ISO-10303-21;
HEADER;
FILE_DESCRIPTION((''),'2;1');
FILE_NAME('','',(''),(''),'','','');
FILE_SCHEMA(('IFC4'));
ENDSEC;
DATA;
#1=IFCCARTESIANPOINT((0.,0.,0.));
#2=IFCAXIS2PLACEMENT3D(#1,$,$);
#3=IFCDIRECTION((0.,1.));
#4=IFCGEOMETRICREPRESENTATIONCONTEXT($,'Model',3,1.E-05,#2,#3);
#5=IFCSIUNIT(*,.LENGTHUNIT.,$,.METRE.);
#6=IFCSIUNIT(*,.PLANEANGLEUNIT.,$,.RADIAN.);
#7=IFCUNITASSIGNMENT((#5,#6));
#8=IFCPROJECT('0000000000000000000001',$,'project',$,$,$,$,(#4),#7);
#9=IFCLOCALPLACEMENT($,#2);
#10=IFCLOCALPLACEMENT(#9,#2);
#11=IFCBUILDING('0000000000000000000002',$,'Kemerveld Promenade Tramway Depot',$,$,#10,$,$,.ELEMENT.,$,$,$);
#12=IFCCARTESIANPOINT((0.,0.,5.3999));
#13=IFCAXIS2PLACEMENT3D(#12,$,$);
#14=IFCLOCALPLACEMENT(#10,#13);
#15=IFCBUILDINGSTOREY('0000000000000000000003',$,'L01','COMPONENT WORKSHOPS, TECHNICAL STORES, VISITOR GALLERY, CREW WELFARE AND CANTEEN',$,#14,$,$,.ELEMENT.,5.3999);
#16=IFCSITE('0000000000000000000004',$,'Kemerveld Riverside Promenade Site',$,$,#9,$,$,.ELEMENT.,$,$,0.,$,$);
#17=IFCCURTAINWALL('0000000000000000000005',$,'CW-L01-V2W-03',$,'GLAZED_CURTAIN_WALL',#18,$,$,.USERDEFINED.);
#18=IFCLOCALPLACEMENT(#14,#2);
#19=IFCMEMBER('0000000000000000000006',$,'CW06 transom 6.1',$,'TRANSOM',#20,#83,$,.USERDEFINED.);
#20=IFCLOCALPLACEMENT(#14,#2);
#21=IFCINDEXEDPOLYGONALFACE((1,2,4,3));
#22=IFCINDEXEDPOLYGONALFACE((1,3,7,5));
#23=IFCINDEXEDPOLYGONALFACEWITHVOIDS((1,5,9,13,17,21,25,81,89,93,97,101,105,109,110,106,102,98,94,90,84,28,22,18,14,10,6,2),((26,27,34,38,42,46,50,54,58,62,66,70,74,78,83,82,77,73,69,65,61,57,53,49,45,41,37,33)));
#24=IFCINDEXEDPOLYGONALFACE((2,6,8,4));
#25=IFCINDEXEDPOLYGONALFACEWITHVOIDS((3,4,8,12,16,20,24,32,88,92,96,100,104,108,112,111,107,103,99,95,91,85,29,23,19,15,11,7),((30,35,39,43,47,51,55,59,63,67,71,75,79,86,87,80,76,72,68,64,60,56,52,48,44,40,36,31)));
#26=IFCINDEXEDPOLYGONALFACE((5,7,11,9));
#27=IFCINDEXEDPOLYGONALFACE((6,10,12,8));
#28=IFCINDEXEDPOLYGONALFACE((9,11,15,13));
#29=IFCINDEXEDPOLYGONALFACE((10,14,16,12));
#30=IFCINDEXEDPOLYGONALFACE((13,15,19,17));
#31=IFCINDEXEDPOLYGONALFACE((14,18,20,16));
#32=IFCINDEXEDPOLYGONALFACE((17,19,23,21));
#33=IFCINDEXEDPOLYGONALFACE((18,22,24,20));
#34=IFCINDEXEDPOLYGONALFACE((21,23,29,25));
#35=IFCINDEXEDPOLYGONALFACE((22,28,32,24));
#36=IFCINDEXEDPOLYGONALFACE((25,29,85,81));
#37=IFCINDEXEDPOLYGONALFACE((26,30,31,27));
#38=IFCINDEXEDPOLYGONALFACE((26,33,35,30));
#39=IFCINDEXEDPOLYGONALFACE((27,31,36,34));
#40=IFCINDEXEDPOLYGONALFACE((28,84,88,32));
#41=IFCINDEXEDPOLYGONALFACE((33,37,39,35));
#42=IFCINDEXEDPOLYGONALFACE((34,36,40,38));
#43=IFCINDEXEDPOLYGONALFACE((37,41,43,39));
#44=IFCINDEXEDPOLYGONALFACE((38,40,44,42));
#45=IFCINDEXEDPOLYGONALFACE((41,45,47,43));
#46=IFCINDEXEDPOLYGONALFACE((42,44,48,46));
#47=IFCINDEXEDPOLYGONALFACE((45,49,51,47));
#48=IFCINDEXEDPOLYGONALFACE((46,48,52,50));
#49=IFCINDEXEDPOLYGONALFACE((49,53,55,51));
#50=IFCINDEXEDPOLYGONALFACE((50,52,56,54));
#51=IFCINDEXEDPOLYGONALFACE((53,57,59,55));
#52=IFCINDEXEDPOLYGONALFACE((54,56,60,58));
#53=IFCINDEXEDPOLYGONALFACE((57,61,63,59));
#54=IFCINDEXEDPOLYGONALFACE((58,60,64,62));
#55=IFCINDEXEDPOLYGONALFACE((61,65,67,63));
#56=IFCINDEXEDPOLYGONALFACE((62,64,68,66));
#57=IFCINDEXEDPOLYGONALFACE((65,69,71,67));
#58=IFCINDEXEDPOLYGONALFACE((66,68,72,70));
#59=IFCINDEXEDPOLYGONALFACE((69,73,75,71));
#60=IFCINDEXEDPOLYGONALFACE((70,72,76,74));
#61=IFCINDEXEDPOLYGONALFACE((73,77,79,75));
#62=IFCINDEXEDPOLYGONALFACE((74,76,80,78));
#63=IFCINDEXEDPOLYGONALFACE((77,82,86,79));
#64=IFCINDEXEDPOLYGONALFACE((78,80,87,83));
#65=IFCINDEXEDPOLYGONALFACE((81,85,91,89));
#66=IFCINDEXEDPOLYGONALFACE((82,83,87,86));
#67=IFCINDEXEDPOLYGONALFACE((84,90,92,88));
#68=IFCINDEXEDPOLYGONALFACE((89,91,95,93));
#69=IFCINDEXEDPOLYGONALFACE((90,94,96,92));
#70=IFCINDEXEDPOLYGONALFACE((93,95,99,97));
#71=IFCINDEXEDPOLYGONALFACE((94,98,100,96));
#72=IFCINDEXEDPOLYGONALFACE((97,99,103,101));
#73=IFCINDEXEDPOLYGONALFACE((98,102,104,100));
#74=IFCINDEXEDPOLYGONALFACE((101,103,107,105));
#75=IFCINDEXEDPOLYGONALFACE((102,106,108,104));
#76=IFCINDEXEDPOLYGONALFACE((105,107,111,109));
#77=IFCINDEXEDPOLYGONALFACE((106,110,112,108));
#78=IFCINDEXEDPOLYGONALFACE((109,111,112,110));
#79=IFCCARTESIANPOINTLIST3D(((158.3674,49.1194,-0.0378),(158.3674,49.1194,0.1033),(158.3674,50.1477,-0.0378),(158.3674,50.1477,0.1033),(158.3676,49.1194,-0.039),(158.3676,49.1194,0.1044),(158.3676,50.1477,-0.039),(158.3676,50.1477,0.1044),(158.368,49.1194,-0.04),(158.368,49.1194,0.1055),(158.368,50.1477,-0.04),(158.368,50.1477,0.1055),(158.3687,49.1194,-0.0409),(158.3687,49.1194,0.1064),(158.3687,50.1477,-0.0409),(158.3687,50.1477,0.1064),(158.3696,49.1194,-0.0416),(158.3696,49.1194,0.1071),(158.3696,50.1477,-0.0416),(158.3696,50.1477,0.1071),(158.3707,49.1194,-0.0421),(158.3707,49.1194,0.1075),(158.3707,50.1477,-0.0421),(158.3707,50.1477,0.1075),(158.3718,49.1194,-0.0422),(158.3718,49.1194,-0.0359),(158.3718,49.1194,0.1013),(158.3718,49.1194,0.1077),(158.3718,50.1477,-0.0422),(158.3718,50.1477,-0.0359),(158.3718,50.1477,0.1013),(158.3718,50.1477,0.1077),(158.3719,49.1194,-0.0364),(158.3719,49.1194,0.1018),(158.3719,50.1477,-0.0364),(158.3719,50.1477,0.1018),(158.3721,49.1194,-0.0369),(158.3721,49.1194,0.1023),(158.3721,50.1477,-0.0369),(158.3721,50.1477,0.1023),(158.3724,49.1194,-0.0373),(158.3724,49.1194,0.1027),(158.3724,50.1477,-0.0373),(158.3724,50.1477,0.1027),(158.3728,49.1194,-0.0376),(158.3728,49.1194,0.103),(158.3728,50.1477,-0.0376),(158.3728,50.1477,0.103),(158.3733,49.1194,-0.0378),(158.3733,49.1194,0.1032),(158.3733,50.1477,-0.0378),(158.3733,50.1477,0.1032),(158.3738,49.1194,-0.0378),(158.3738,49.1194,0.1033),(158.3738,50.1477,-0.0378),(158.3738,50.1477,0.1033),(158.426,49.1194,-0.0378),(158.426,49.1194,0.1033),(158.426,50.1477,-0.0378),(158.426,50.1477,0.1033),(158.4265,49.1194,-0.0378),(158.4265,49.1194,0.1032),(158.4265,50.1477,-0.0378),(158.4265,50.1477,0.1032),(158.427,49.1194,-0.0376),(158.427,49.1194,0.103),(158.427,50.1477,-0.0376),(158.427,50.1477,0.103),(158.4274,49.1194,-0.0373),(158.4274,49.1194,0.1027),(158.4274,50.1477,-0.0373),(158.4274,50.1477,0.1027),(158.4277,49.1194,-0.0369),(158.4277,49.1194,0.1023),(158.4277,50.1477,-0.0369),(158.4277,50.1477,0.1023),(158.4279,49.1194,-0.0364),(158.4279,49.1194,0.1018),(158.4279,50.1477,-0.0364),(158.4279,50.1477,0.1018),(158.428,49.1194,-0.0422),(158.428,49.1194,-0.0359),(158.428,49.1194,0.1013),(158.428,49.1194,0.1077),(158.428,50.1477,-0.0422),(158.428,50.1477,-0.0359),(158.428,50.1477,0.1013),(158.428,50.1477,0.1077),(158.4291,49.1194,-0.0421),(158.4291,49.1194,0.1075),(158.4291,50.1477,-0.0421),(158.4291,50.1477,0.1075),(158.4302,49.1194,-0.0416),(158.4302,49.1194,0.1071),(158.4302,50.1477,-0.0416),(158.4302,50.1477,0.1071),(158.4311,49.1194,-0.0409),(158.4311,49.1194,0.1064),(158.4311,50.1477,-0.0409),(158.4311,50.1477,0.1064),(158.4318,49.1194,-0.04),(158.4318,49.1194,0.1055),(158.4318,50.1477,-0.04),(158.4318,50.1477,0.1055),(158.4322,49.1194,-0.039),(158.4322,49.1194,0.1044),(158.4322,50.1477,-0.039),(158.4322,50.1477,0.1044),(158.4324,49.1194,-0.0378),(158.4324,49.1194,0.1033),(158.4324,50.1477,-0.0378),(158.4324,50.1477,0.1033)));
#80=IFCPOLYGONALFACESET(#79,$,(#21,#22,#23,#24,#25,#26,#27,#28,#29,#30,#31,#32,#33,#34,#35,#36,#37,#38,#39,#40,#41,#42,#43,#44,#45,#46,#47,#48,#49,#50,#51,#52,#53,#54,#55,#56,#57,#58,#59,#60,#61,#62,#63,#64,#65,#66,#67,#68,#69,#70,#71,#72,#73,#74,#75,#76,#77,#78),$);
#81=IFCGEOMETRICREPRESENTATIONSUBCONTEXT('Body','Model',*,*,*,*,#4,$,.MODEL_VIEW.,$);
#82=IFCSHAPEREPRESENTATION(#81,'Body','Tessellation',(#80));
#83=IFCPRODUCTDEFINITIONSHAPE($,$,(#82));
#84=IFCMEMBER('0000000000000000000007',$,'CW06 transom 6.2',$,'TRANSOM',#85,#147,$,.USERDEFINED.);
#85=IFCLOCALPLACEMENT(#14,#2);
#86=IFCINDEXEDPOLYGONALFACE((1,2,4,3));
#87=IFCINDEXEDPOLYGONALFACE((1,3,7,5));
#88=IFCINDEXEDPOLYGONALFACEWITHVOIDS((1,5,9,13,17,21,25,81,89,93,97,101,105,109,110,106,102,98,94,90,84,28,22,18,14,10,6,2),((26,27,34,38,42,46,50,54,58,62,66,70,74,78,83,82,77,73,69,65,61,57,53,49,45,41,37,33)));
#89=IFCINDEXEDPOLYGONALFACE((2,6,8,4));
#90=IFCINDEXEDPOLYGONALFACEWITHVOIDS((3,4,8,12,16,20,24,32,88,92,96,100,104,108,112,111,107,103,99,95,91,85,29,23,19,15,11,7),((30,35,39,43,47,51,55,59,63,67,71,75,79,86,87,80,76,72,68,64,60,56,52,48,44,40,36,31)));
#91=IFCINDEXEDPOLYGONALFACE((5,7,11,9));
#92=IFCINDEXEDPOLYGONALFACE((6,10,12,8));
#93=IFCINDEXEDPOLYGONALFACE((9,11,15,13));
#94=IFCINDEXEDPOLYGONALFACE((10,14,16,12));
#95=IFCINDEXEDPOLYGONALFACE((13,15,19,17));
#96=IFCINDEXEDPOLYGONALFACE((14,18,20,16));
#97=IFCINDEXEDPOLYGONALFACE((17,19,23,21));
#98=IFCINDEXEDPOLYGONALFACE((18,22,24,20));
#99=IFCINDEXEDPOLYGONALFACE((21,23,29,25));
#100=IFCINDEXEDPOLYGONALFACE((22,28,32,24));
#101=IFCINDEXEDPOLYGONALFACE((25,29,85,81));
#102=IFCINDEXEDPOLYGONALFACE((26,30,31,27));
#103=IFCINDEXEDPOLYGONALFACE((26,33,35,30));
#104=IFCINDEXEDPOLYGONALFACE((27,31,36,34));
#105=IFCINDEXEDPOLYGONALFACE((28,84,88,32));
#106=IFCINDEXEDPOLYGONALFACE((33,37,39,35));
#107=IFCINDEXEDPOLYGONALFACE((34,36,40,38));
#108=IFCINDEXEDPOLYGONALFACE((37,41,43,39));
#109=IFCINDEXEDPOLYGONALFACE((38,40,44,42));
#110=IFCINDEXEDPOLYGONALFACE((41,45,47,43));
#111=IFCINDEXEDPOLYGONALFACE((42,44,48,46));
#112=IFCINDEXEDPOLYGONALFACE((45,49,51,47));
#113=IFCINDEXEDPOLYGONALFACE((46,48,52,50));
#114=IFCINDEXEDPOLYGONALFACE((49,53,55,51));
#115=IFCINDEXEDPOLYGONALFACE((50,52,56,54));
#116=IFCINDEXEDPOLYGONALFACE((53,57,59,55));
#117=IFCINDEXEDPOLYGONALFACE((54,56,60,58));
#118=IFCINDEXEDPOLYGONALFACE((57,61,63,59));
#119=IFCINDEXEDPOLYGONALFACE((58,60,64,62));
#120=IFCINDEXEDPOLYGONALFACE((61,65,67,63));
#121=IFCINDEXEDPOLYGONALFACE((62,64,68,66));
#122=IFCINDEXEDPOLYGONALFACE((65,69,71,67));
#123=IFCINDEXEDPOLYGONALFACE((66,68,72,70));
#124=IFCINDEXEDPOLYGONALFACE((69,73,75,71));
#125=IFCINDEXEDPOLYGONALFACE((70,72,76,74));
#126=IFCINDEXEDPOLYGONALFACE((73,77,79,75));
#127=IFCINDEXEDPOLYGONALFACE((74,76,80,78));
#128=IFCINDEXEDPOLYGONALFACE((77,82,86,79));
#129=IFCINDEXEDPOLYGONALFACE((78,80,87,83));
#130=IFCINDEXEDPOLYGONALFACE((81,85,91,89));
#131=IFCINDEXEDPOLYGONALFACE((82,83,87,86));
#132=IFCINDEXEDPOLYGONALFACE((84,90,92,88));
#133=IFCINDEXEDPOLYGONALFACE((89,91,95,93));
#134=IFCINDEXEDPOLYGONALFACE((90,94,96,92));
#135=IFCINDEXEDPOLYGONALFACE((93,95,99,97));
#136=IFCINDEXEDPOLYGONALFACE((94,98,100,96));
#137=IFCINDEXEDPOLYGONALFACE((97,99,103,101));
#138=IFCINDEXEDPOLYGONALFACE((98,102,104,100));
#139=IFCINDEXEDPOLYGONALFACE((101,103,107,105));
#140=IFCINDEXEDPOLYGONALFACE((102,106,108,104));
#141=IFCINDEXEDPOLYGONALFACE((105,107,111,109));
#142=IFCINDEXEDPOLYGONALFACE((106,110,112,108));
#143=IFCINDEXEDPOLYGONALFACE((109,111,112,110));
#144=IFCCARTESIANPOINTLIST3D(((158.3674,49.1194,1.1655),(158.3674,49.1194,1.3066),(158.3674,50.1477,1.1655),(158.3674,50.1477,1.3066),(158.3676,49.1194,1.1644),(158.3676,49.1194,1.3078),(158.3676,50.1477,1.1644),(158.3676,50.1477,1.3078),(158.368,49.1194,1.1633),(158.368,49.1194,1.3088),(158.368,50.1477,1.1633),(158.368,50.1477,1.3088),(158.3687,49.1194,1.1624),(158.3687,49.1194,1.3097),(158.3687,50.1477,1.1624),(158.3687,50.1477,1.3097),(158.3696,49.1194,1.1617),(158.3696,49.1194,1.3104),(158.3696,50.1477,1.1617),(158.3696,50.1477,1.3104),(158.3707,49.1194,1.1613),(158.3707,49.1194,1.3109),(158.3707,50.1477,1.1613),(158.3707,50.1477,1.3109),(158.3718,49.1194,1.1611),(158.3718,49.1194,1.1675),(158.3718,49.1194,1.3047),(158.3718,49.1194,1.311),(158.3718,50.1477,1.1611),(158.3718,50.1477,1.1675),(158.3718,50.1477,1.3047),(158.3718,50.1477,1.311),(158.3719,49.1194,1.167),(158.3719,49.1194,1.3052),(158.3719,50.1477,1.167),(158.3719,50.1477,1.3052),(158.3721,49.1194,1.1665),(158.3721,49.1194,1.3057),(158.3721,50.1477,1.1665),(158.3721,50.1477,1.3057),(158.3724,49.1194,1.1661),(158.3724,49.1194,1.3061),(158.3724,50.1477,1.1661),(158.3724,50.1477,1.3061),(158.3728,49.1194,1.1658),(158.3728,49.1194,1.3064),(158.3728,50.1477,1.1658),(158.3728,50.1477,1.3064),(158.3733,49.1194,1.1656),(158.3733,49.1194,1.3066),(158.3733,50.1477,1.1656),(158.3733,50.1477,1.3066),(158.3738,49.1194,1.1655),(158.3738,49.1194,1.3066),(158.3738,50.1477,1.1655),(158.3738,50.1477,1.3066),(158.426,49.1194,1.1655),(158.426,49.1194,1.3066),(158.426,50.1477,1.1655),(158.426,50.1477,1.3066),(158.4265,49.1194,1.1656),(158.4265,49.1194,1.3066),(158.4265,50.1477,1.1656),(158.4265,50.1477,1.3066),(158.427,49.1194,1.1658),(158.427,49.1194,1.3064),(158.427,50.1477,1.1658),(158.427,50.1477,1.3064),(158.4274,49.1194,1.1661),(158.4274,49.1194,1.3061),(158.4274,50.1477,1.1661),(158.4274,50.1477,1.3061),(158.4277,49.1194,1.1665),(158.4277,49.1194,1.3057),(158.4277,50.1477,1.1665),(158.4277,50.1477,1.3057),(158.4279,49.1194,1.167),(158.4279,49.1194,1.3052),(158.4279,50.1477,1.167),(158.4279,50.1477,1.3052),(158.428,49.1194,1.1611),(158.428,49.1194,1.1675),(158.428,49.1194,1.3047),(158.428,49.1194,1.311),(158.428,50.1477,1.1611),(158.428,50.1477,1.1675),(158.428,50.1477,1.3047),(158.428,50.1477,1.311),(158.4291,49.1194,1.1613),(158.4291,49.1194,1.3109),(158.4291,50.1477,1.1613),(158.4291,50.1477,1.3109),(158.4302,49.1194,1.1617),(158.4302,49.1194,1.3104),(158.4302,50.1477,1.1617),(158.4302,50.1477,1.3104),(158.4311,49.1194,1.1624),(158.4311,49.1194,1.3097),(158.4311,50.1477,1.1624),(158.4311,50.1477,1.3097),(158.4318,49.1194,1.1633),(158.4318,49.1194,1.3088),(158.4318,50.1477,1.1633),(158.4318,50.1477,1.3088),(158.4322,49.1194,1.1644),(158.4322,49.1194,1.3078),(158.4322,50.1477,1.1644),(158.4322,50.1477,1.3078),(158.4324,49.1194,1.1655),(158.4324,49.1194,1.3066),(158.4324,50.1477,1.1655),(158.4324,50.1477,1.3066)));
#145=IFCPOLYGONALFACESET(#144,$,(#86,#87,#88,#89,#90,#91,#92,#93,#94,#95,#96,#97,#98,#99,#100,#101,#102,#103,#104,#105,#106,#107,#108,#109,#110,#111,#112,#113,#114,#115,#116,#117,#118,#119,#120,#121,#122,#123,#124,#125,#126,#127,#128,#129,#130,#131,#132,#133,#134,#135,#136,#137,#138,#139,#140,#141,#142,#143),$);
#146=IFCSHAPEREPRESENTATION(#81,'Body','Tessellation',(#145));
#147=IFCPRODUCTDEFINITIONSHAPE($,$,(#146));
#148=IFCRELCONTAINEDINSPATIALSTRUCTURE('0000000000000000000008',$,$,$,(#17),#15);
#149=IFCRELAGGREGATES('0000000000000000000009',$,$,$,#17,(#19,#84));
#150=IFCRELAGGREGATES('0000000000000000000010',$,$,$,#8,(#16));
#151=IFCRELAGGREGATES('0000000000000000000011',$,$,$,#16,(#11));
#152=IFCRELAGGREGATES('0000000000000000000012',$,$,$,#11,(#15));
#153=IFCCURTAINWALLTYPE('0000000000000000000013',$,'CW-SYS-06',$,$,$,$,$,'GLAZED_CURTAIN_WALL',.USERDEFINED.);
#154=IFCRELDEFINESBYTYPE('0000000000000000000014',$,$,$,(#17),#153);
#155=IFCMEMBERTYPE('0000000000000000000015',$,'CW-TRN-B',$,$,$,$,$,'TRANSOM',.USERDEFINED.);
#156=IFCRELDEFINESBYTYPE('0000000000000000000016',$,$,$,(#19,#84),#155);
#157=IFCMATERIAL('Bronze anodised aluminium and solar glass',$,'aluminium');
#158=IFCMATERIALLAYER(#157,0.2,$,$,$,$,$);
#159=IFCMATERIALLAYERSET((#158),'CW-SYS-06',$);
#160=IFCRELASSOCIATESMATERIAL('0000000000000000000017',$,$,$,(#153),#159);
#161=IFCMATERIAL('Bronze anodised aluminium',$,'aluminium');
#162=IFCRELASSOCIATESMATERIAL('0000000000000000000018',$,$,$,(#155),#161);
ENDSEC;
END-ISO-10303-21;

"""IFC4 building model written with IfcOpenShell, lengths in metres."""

from ifc_helpers import new_model, si_unit, direction, frame, origin, origin_2d, place, context, subcontext, project, spatial, hollow_rectangle, extrude, material, layer, layer_set, material_profile, profile_set, type_object, element, aggregate, save


model = new_model("IFC4")

# Units and contexts
model_context = context("Model", 3, precision=1e-05, world=origin(), true_north=direction((0.0, 1.0)))
body_context = subcontext(model_context, "Body", "Model", "MODEL_VIEW")
ifc_project = project(units=[si_unit("LENGTHUNIT", "METRE"), si_unit("PLANEANGLEUNIT", "RADIAN")], contexts=[model_context])

# Site, building, storey
site_placement = place(None, origin())
site = spatial("IfcSite", under=ifc_project, at=site_placement, Name="Kemerveld Riverside Promenade Site", CompositionType="ELEMENT", RefElevation=0.0)
building_placement = place(site_placement, origin())
building = spatial("IfcBuilding", under=site, at=building_placement, Name="Kemerveld Promenade Tramway Depot", CompositionType="ELEMENT")
storey_placement = place(building_placement, frame((0.0, 0.0, 5.3999)))
storey = spatial("IfcBuildingStorey", under=building, at=storey_placement, Name="L01", Description="COMPONENT WORKSHOPS, TECHNICAL STORES, VISITOR GALLERY, CREW WELFARE AND CANTEEN", CompositionType="ELEMENT", Elevation=5.3999)

# Curtain wall, members
ifc_material_1 = material(Name="Bronze anodised aluminium and solar glass", Category="aluminium")
ifc_layer_1 = layer(ifc_material_1, 0.2)
ifc_layer_set_1 = layer_set([ifc_layer_1], Name="CW-SYS-06")
curtain_wall_type = type_object("IfcCurtainWallType", Name="CW-SYS-06", ElementType="GLAZED_CURTAIN_WALL", PredefinedType="USERDEFINED", material=ifc_layer_set_1)
curtain_wall_placement = place(storey_placement, origin())
curtain_wall = element("IfcCurtainWall", 1, at=curtain_wall_placement, inside=storey, type_object=curtain_wall_type, Name="CW-L01-V2W-03", ObjectType="GLAZED_CURTAIN_WALL", PredefinedType="USERDEFINED")
ifc_material_2 = material(Name="Bronze anodised aluminium", Category="aluminium")
ifc_material_profile_1 = material_profile(ifc_material_2, hollow_rectangle(XDim=0.0649, YDim=0.1499, WallThickness=0.0044, InnerFilletRadius=0.002, OuterFilletRadius=0.0044, at=origin_2d()), Name="CW-TRN-150x65")
ifc_profile_set_1 = profile_set([ifc_material_profile_1], Name="Bronze anodised aluminium")
member_type_1 = type_object("IfcMemberType", Name="CW-TRN-B", ElementType="TRANSOM", PredefinedType="USERDEFINED", material=ifc_profile_set_1)
member_1_placement = place(storey_placement, frame((158.3999, 49.1194, 0.0327), z_axis=(0.0, 1.0, 0.0), x_axis=(-1.0, 0.0, 0.0)))
member_1 = element("IfcMember", 2, at=member_1_placement, type_object=member_type_1, Name="CW06 transom 6.1", ObjectType="TRANSOM", PredefinedType="USERDEFINED", context=body_context, shape_type="SweptSolid", body=[
    extrude(hollow_rectangle(XDim=0.0649, YDim=0.1499, WallThickness=0.0044, InnerFilletRadius=0.002, OuterFilletRadius=0.0044, at=origin_2d()), origin(), (0.0, 0.0, 1.0), 1.0283),
])
member_2_placement = place(storey_placement, frame((158.3999, 49.1194, 1.2361), z_axis=(0.0, 1.0, 0.0), x_axis=(-1.0, 0.0, 0.0)))
member_2 = element("IfcMember", 3, at=member_2_placement, type_object=member_type_1, Name="CW06 transom 6.2", ObjectType="TRANSOM", PredefinedType="USERDEFINED", context=body_context, shape_type="SweptSolid", body=[
    extrude(hollow_rectangle(XDim=0.0649, YDim=0.1499, WallThickness=0.0044, InnerFilletRadius=0.002, OuterFilletRadius=0.0044, at=origin_2d()), origin(), (0.0, 0.0, 1.0), 1.0283),
])
aggregate(curtain_wall, [member_1, member_2])

save(model, "model.ifc")
